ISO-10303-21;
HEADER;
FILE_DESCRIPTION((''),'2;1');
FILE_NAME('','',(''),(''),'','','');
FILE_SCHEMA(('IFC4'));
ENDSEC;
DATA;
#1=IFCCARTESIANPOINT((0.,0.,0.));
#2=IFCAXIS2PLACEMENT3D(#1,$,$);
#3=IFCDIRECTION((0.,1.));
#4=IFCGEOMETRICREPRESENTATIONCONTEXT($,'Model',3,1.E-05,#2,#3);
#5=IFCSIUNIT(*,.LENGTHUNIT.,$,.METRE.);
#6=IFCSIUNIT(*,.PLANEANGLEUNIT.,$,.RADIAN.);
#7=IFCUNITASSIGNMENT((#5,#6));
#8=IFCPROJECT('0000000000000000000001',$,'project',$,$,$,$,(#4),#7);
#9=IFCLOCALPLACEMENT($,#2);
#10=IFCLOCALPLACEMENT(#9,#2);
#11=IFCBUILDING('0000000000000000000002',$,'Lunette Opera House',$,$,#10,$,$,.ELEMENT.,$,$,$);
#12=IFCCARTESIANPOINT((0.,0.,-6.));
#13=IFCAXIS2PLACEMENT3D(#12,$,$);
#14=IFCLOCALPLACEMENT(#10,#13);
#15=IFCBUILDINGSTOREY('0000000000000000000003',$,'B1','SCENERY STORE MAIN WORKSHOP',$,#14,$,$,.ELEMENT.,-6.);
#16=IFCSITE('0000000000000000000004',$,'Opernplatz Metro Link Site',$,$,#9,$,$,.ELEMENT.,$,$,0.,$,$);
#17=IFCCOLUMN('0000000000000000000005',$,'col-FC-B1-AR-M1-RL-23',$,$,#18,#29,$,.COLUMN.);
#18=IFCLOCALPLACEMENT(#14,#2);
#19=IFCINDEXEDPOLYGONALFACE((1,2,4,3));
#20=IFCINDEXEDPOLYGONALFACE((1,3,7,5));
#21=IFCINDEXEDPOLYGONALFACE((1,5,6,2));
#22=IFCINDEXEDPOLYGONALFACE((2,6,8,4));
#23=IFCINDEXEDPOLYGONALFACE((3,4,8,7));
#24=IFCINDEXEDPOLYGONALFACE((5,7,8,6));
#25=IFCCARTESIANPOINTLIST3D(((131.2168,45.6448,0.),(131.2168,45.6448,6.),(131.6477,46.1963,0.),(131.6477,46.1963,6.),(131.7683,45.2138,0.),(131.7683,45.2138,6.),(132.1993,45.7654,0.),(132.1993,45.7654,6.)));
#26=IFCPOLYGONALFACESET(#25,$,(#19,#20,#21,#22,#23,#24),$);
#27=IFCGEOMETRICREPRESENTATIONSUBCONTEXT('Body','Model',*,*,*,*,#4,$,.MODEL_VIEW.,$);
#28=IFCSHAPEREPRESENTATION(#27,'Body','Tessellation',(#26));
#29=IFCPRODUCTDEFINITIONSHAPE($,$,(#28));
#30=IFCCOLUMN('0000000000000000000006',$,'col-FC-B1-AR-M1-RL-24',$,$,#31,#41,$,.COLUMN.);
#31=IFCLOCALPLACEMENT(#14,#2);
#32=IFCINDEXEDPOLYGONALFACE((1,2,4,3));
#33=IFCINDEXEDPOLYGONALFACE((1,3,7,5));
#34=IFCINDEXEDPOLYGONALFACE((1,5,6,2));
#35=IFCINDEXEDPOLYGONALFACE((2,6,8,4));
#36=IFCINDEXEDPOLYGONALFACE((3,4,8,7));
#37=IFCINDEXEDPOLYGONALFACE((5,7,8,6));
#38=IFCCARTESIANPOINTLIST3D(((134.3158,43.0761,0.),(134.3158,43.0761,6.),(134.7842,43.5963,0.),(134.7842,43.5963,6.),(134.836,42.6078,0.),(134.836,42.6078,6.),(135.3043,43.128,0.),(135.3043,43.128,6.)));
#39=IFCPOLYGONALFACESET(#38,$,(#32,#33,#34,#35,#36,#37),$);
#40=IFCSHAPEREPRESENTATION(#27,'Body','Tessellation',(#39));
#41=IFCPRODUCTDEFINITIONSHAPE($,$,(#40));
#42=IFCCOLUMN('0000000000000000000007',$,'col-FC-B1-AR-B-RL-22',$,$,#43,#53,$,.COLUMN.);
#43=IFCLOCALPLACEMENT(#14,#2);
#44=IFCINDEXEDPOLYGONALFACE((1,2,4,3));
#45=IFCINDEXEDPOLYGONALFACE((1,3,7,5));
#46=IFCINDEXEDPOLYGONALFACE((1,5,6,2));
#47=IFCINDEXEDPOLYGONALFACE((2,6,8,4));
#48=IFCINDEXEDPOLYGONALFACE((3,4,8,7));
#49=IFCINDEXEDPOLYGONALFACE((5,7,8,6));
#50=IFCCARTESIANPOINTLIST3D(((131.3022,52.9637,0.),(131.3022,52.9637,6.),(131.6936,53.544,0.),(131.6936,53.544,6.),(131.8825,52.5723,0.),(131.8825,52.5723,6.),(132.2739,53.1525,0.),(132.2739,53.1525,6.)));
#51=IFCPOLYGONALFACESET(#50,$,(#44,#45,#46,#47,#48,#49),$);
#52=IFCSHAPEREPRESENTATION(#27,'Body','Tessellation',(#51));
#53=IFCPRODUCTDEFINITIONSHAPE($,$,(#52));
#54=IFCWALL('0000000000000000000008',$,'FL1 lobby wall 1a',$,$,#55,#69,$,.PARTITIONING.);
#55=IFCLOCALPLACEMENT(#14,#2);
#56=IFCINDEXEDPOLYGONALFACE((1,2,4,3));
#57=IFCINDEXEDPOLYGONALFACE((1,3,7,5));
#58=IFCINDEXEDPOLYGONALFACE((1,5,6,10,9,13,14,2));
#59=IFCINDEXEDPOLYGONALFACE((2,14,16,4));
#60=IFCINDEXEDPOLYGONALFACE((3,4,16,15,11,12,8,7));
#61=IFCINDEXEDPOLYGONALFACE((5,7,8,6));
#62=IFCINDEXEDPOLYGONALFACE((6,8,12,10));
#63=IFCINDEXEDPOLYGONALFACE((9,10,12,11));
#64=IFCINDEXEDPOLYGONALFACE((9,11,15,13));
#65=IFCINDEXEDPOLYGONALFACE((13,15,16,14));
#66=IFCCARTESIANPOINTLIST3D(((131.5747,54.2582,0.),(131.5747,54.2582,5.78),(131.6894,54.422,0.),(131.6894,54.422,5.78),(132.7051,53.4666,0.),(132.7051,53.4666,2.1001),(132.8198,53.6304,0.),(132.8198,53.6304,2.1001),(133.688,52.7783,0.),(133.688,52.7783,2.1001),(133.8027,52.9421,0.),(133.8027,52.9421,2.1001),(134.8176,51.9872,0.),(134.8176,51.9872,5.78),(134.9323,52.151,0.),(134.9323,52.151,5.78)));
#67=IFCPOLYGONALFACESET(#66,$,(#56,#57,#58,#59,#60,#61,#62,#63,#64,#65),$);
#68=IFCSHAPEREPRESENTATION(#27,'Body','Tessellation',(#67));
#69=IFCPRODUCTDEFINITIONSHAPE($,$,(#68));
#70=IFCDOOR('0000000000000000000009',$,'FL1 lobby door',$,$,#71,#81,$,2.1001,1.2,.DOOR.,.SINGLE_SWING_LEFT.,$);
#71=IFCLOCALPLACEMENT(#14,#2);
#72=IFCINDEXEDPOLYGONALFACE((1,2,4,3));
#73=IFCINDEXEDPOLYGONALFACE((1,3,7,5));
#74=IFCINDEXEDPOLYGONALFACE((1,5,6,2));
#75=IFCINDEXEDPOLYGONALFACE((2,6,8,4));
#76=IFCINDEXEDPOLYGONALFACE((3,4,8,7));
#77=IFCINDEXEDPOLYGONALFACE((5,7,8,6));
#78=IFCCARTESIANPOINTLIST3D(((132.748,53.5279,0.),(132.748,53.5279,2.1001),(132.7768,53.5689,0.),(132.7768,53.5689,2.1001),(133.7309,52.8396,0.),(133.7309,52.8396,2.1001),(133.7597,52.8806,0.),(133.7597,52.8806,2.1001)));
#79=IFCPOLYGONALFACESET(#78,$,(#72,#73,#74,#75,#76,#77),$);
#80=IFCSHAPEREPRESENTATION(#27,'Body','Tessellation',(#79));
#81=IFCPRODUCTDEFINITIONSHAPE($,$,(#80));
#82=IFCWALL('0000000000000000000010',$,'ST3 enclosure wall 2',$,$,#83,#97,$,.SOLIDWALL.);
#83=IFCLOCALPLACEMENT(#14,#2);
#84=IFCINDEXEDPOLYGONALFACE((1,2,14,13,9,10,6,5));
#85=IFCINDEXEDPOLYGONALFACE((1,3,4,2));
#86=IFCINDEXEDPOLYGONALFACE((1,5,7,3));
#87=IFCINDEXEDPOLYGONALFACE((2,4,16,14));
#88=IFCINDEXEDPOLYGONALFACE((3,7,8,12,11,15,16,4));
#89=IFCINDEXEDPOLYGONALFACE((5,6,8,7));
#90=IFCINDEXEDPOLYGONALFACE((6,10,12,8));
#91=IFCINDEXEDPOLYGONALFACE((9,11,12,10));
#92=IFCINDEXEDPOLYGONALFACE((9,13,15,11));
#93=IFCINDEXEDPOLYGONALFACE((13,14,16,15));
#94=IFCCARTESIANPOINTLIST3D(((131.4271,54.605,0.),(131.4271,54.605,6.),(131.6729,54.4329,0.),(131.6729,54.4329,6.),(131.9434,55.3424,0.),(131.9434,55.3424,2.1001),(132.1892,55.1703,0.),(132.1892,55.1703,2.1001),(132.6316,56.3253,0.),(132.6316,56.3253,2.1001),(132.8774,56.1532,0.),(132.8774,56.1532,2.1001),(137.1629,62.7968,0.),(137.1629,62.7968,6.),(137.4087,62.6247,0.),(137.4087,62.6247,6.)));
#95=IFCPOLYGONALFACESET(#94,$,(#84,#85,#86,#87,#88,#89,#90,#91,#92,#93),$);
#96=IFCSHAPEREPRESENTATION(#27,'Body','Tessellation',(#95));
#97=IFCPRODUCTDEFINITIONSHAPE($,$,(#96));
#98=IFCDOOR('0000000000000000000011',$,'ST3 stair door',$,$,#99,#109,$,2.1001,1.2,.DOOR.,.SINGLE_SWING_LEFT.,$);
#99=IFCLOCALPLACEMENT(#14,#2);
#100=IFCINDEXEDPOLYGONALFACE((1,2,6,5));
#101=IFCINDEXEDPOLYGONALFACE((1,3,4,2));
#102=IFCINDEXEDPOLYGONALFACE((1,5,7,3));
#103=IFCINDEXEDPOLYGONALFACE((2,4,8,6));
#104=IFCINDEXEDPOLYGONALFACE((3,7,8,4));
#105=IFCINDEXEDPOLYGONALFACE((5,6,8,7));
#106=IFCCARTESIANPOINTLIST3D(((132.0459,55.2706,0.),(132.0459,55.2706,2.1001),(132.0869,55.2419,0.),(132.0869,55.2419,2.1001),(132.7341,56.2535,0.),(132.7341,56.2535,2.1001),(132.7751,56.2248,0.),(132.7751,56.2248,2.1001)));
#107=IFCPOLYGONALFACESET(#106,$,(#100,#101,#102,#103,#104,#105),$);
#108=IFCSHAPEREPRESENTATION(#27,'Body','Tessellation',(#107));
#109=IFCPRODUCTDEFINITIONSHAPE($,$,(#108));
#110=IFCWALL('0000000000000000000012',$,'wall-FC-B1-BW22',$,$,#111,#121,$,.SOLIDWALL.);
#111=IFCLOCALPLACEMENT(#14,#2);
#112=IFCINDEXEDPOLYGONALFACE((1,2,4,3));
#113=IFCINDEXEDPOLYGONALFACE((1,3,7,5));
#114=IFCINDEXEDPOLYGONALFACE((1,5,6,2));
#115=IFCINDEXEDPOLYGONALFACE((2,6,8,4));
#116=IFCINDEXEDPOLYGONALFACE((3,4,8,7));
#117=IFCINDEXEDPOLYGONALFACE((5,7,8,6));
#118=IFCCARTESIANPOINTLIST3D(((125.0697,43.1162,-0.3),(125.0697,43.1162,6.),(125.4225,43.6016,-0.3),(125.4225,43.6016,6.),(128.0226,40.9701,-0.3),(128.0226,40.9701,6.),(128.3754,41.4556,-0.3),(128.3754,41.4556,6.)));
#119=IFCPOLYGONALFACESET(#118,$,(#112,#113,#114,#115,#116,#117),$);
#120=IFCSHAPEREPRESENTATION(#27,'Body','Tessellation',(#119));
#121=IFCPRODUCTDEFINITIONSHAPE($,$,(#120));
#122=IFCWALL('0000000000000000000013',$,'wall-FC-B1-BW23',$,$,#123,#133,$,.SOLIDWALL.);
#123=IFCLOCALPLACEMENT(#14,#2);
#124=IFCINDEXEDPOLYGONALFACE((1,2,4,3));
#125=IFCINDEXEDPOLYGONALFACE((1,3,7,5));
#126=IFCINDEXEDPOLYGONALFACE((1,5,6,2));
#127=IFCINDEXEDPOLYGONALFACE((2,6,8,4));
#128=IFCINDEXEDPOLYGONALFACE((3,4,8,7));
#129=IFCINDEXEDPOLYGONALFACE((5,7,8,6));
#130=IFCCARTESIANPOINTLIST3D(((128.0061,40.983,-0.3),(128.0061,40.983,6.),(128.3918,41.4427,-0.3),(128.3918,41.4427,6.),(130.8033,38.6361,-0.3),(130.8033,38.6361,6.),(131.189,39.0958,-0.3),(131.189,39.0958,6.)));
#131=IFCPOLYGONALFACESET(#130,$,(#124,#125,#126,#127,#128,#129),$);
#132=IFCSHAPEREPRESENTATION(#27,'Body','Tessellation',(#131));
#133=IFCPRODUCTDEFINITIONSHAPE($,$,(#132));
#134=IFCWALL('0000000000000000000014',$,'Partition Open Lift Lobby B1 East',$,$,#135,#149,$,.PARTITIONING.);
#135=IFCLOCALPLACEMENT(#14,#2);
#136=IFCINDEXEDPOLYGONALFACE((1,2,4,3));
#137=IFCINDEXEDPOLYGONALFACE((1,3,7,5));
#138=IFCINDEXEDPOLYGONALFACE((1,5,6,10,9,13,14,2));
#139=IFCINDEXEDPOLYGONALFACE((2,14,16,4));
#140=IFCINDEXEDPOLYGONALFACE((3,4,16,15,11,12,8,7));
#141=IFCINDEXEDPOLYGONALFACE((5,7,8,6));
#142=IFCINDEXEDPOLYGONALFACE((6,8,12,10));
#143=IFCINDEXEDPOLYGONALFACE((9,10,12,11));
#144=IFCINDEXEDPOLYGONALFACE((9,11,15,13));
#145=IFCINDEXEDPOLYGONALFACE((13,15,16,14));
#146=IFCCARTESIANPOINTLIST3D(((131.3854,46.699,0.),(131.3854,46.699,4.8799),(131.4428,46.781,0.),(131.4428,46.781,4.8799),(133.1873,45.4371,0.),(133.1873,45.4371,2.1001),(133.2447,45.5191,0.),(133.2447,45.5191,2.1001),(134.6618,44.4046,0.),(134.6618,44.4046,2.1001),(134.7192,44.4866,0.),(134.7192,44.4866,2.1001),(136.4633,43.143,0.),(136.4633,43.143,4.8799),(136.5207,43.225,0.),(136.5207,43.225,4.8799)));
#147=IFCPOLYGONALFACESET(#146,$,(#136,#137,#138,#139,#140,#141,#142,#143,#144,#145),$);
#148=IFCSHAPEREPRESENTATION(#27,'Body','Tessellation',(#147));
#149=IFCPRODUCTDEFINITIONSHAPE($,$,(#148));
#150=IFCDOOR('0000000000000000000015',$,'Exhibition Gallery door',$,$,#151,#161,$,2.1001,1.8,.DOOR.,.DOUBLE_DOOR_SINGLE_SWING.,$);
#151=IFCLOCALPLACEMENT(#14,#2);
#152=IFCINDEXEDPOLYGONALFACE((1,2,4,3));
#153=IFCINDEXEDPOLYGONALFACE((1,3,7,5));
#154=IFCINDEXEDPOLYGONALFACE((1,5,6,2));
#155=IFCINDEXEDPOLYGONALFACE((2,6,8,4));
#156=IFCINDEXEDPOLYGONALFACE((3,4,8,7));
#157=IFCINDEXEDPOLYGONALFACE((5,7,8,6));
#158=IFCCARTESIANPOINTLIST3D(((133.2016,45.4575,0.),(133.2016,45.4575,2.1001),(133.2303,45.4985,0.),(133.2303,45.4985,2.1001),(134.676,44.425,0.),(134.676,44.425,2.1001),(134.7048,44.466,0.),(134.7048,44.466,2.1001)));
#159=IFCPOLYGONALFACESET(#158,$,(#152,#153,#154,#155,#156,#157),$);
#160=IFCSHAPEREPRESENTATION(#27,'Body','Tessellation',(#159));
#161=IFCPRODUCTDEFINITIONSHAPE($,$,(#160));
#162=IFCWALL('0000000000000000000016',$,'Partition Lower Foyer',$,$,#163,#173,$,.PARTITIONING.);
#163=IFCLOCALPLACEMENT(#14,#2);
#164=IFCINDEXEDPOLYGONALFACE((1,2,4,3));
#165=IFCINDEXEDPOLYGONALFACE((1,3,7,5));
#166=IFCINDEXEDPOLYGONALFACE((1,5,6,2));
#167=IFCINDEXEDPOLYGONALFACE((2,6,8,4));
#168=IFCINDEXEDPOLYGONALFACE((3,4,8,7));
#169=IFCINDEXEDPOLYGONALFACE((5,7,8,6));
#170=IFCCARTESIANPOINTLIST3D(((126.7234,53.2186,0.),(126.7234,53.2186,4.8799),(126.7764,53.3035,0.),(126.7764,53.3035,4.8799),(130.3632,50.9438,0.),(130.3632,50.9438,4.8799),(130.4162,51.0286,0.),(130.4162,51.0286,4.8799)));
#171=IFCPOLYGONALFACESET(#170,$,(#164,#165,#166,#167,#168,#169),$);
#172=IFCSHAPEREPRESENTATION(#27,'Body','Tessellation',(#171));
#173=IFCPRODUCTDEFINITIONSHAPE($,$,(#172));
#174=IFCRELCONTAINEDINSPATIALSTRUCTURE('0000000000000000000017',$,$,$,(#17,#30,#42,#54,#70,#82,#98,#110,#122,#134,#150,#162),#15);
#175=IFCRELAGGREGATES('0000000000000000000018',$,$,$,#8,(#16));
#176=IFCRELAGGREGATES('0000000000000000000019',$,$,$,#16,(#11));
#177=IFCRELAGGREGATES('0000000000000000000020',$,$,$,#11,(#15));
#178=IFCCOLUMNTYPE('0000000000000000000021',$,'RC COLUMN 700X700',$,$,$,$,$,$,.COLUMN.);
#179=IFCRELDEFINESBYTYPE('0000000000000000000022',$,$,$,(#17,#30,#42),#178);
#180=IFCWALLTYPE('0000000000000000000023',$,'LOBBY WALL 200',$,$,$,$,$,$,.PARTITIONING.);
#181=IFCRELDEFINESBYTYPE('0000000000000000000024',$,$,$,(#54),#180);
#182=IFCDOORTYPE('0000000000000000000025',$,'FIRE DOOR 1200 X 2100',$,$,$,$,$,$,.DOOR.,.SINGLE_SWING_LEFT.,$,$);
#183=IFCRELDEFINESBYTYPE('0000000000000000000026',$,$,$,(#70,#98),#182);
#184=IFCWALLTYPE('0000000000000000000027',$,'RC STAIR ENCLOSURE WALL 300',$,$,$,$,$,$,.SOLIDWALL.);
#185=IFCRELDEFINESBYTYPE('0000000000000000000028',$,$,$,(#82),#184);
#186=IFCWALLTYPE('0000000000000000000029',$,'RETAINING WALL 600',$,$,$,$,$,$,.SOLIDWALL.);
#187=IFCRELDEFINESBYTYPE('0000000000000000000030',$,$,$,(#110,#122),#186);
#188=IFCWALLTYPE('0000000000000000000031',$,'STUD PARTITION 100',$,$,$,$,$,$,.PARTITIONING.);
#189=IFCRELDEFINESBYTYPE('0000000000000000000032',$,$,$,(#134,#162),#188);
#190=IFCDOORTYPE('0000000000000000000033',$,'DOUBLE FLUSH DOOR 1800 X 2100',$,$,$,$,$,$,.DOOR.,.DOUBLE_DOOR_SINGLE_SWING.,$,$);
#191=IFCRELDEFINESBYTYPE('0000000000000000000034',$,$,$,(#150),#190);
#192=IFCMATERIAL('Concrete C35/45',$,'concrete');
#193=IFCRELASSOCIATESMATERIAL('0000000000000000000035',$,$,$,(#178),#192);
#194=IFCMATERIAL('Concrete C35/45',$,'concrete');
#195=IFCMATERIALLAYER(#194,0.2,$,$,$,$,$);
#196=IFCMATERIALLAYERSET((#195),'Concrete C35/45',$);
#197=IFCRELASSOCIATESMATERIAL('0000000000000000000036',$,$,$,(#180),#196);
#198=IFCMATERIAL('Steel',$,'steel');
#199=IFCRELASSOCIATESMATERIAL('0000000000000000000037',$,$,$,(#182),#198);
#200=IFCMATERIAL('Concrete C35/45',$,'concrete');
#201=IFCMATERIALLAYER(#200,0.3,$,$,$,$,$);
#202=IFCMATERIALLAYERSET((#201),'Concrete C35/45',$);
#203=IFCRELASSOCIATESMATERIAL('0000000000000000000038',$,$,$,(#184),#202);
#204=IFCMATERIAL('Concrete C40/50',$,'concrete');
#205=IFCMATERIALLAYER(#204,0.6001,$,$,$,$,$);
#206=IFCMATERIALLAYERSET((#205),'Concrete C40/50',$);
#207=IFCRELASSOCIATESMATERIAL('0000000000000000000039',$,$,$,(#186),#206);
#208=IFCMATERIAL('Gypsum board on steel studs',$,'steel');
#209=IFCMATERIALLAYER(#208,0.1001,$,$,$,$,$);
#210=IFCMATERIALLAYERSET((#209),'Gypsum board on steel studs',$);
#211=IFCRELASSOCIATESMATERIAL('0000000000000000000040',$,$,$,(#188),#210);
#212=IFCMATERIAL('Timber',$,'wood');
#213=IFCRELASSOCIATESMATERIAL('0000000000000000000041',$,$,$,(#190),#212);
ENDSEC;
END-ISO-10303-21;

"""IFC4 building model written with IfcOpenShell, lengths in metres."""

from ifc_helpers import new_model, si_unit, direction, frame, frame_2d, origin, origin_2d, place, context, subcontext, project, spatial, rectangle, extrude, material, layer, layer_set, material_profile, profile_set, type_object, element, fill, save


model = new_model("IFC4")

# Units and contexts
model_context = context("Model", 3, precision=1e-05, world=origin(), true_north=direction((0.0, 1.0)))
body_context = subcontext(model_context, "Body", "Model", "MODEL_VIEW")
ifc_project = project(units=[si_unit("LENGTHUNIT", "METRE"), si_unit("PLANEANGLEUNIT", "RADIAN")], contexts=[model_context])

# Site, building, storey
site_placement = place(None, origin())
site = spatial("IfcSite", under=ifc_project, at=site_placement, Name="Opernplatz Metro Link Site", CompositionType="ELEMENT", RefElevation=0.0)
building_placement = place(site_placement, origin())
building = spatial("IfcBuilding", under=site, at=building_placement, Name="Lunette Opera House", CompositionType="ELEMENT")
storey_placement = place(building_placement, frame((0.0, 0.0, -6.0)))
storey = spatial("IfcBuildingStorey", under=building, at=storey_placement, Name="B1", Description="SCENERY STORE MAIN WORKSHOP", CompositionType="ELEMENT", Elevation=-6.0)

# Columns
ifc_material_1 = material(Name="Concrete C35/45", Category="concrete")
ifc_material_profile_1 = material_profile(ifc_material_1, rectangle(XDim=0.7, YDim=0.7, at=origin_2d()), Name="RC COLUMN 700X700")
ifc_profile_set_1 = profile_set([ifc_material_profile_1], Name="Concrete C35/45")
column_type = type_object("IfcColumnType", Name="RC COLUMN 700X700", PredefinedType="COLUMN", material=ifc_profile_set_1)
for number, where, z_axis, x_axis, name in (
    (1, (131.708, 45.7051, 0.0), (0.0, 0.0, 1.0), (0.788011, -0.615661, 0.0), "col-FC-B1-AR-M1-RL-23"),
    (2, (134.8101, 43.1021, 0.0), (0.0, 0.0, 1.0), (0.743145, -0.669131, 0.0), "col-FC-B1-AR-M1-RL-24"),
    (3, (131.7881, 53.0581, 0.0), (0.0, 0.0, 1.0), (0.829038, -0.559193, 0.0), "col-FC-B1-AR-B-RL-22"),
):
    element("IfcColumn", number, at=place(storey_placement, frame(where, z_axis=z_axis, x_axis=x_axis)), inside=storey, type_object=column_type, Name=name, PredefinedType="COLUMN", context=body_context, shape_type="SweptSolid", body=[
        extrude(rectangle(XDim=0.7, YDim=0.7, at=origin_2d()), origin(), (0.0, 0.0, 1.0), 6.0),
    ])

# Walls, openings, doors
ifc_material_2 = material(Name="Concrete C35/45", Category="concrete")
ifc_layer_1 = layer(ifc_material_2, 0.2)
ifc_layer_set_1 = layer_set([ifc_layer_1], Name="Concrete C35/45")
wall_type_1 = type_object("IfcWallType", Name="LOBBY WALL 200", PredefinedType="PARTITIONING", material=ifc_layer_set_1)
wall_1_placement = place(storey_placement, frame((131.6321, 54.3401, 0.0), z_axis=(0.0, 0.0, 1.0), x_axis=(0.819119, -0.573624, 0.0)))
wall_1 = element("IfcWall", 4, at=wall_1_placement, inside=storey, type_object=wall_type_1, Name="FL1 lobby wall 1a", PredefinedType="PARTITIONING", context=body_context, shape_type="SweptSolid", body=[
    extrude(rectangle(XDim=3.959, YDim=0.2, at=frame_2d((1.9795, 0.0))), origin(), (0.0, 0.0, 1.0), 5.78),
])
opening_1_placement = place(wall_1_placement, frame((1.3799, 0.0, 0.0)))
opening_1 = element("IfcOpeningElement", 5, at=opening_1_placement, cuts=wall_1, PredefinedType="OPENING", context=body_context, shape_type="SweptSolid", body=[
    extrude(rectangle(XDim=1.2, YDim=2.1001, at=frame_2d((0.6001, 1.05))), frame((0.0, 0.1121, 0.0), z_axis=(0.0, -1.0, 0.0), x_axis=(1.0, 0.0, 0.0)), (0.0, 0.0, 1.0), 0.2239),
])
ifc_material_3 = material(Name="Steel", Category="steel")
door_type_1 = type_object("IfcDoorType", Name="FIRE DOOR 1200 X 2100", OperationType="SINGLE_SWING_LEFT", PredefinedType="DOOR", material=ifc_material_3)
door_1_placement = place(opening_1_placement, origin())
door_1 = element("IfcDoor", 6, at=door_1_placement, inside=storey, type_object=door_type_1, Name="FL1 lobby door", OperationType="SINGLE_SWING_LEFT", OverallHeight=2.1001, OverallWidth=1.2, PredefinedType="DOOR", context=body_context, shape_type="SweptSolid", body=[
    extrude(rectangle(XDim=1.2, YDim=2.1001, at=frame_2d((0.6001, 1.05))), frame((0.0, 0.0249, 0.0), z_axis=(0.0, -1.0, 0.0), x_axis=(1.0, 0.0, 0.0)), (0.0, 0.0, 1.0), 0.05),
])
fill(opening_1, door_1)
ifc_material_4 = material(Name="Concrete C35/45", Category="concrete")
ifc_layer_2 = layer(ifc_material_4, 0.3)
ifc_layer_set_2 = layer_set([ifc_layer_2], Name="Concrete C35/45")
wall_type_2 = type_object("IfcWallType", Name="RC STAIR ENCLOSURE WALL 300", PredefinedType="SOLIDWALL", material=ifc_layer_set_2)
wall_2_placement = place(storey_placement, frame((131.55, 54.519, 0.0), z_axis=(0.0, 0.0, 1.0), x_axis=(0.573564, 0.819161, 0.0)))
wall_2 = element("IfcWall", 7, at=wall_2_placement, inside=storey, type_object=wall_type_2, Name="ST3 enclosure wall 2", PredefinedType="SOLIDWALL", context=body_context, shape_type="SweptSolid", body=[
    extrude(rectangle(XDim=10.0002, YDim=0.3, at=frame_2d((5.0, 0.0))), origin(), (0.0, 0.0, 1.0), 6.0),
])
opening_2_placement = place(wall_2_placement, frame((0.8999, 0.0, 0.0)))
opening_2 = element("IfcOpeningElement", 8, at=opening_2_placement, cuts=wall_2, PredefinedType="OPENING", context=body_context, shape_type="SweptSolid", body=[
    extrude(rectangle(XDim=1.2, YDim=2.1001, at=frame_2d((0.6001, 1.05))), frame((0.0, 0.1621, 0.0), z_axis=(0.0, -1.0, 0.0), x_axis=(1.0, 0.0, 0.0)), (0.0, 0.0, 1.0), 0.324),
])
door_2_placement = place(opening_2_placement, origin())
door_2 = element("IfcDoor", 9, at=door_2_placement, inside=storey, type_object=door_type_1, Name="ST3 stair door", OperationType="SINGLE_SWING_LEFT", OverallHeight=2.1001, OverallWidth=1.2, PredefinedType="DOOR", context=body_context, shape_type="SweptSolid", body=[
    extrude(rectangle(XDim=1.2, YDim=2.1001, at=frame_2d((0.6001, 1.05))), frame((0.0, 0.0249, 0.0), z_axis=(0.0, -1.0, 0.0), x_axis=(1.0, 0.0, 0.0)), (0.0, 0.0, 1.0), 0.05),
])
fill(opening_2, door_2)

# Walls
ifc_material_5 = material(Name="Concrete C40/50", Category="concrete")
ifc_layer_3 = layer(ifc_material_5, 0.6001)
ifc_layer_set_3 = layer_set([ifc_layer_3], Name="Concrete C40/50")
wall_type_3 = type_object("IfcWallType", Name="RETAINING WALL 600", PredefinedType="SOLIDWALL", material=ifc_layer_set_3)
wall_3_placement = place(storey_placement, frame((125.2461, 43.3589, -0.3), z_axis=(0.0, 0.0, 1.0), x_axis=(0.808938, -0.587893, 0.0)))
element("IfcWall", 10, at=wall_3_placement, inside=storey, type_object=wall_type_3, Name="wall-FC-B1-BW22", PredefinedType="SOLIDWALL", context=body_context, shape_type="SweptSolid", body=[
    extrude(rectangle(XDim=3.6504, YDim=0.6001, at=frame_2d((1.8252, 0.0))), origin(), (0.0, 0.0, 1.0), 6.3),
])
wall_4_placement = place(storey_placement, frame((128.199, 41.2129, -0.3), z_axis=(0.0, 0.0, 1.0), x_axis=(0.766063, -0.642765, 0.0)))
element("IfcWall", 11, at=wall_4_placement, inside=storey, type_object=wall_type_3, Name="wall-FC-B1-BW23", PredefinedType="SOLIDWALL", context=body_context, shape_type="SweptSolid", body=[
    extrude(rectangle(XDim=3.6514, YDim=0.6001, at=frame_2d((1.8257, 0.0))), origin(), (0.0, 0.0, 1.0), 6.3),
])

# Wall, opening, door
ifc_material_6 = material(Name="Gypsum board on steel studs", Category="steel")
ifc_layer_4 = layer(ifc_material_6, 0.1001)
ifc_layer_set_4 = layer_set([ifc_layer_4], Name="Gypsum board on steel studs")
wall_type_4 = type_object("IfcWallType", Name="STUD PARTITION 100", PredefinedType="PARTITIONING", material=ifc_layer_set_4)
wall_5_placement = place(storey_placement, frame((131.4141, 46.74, 0.0), z_axis=(0.0, 0.0, 1.0), x_axis=(0.819126, -0.573613, 0.0)))
wall_5 = element("IfcWall", 12, at=wall_5_placement, inside=storey, type_object=wall_type_4, Name="Partition Open Lift Lobby B1 East", PredefinedType="PARTITIONING", context=body_context, shape_type="SweptSolid", body=[
    extrude(rectangle(XDim=6.1992, YDim=0.1001, at=frame_2d((3.0996, 0.0))), origin(), (0.0, 0.0, 1.0), 4.8799),
])
opening_3_placement = place(wall_5_placement, frame((2.2, 0.0, 0.0)))
opening_3 = element("IfcOpeningElement", 13, at=opening_3_placement, cuts=wall_5, PredefinedType="OPENING", context=body_context, shape_type="SweptSolid", body=[
    extrude(rectangle(XDim=1.8, YDim=2.1001, at=frame_2d((0.8999, 1.05))), frame((0.0, 0.062, 0.0), z_axis=(0.0, -1.0, 0.0), x_axis=(1.0, 0.0, 0.0)), (0.0, 0.0, 1.0), 0.124),
])
ifc_material_7 = material(Name="Timber", Category="wood")
door_type_2 = type_object("IfcDoorType", Name="DOUBLE FLUSH DOOR 1800 X 2100", OperationType="DOUBLE_DOOR_SINGLE_SWING", PredefinedType="DOOR", material=ifc_material_7)
door_3_placement = place(opening_3_placement, origin())
door_3 = element("IfcDoor", 14, at=door_3_placement, inside=storey, type_object=door_type_2, Name="Exhibition Gallery door", OperationType="DOUBLE_DOOR_SINGLE_SWING", OverallHeight=2.1001, OverallWidth=1.8, PredefinedType="DOOR", context=body_context, shape_type="SweptSolid", body=[
    extrude(rectangle(XDim=1.8, YDim=2.1001, at=frame_2d((0.8999, 1.05))), frame((0.0, 0.0249, 0.0), z_axis=(0.0, -1.0, 0.0), x_axis=(1.0, 0.0, 0.0)), (0.0, 0.0, 1.0), 0.05),
])
fill(opening_3, door_3)

# Wall
wall_6_placement = place(storey_placement, frame((126.75, 53.261, 0.0), z_axis=(0.0, 0.0, 1.0), x_axis=(0.848001, -0.529994, 0.0)))
element("IfcWall", 15, at=wall_6_placement, inside=storey, type_object=wall_type_4, Name="Partition Lower Foyer", PredefinedType="PARTITIONING", context=body_context, shape_type="SweptSolid", body=[
    extrude(rectangle(XDim=4.2922, YDim=0.1001, at=frame_2d((2.146, 0.0))), origin(), (0.0, 0.0, 1.0), 4.8799),
])

save(model, "model.ifc")
